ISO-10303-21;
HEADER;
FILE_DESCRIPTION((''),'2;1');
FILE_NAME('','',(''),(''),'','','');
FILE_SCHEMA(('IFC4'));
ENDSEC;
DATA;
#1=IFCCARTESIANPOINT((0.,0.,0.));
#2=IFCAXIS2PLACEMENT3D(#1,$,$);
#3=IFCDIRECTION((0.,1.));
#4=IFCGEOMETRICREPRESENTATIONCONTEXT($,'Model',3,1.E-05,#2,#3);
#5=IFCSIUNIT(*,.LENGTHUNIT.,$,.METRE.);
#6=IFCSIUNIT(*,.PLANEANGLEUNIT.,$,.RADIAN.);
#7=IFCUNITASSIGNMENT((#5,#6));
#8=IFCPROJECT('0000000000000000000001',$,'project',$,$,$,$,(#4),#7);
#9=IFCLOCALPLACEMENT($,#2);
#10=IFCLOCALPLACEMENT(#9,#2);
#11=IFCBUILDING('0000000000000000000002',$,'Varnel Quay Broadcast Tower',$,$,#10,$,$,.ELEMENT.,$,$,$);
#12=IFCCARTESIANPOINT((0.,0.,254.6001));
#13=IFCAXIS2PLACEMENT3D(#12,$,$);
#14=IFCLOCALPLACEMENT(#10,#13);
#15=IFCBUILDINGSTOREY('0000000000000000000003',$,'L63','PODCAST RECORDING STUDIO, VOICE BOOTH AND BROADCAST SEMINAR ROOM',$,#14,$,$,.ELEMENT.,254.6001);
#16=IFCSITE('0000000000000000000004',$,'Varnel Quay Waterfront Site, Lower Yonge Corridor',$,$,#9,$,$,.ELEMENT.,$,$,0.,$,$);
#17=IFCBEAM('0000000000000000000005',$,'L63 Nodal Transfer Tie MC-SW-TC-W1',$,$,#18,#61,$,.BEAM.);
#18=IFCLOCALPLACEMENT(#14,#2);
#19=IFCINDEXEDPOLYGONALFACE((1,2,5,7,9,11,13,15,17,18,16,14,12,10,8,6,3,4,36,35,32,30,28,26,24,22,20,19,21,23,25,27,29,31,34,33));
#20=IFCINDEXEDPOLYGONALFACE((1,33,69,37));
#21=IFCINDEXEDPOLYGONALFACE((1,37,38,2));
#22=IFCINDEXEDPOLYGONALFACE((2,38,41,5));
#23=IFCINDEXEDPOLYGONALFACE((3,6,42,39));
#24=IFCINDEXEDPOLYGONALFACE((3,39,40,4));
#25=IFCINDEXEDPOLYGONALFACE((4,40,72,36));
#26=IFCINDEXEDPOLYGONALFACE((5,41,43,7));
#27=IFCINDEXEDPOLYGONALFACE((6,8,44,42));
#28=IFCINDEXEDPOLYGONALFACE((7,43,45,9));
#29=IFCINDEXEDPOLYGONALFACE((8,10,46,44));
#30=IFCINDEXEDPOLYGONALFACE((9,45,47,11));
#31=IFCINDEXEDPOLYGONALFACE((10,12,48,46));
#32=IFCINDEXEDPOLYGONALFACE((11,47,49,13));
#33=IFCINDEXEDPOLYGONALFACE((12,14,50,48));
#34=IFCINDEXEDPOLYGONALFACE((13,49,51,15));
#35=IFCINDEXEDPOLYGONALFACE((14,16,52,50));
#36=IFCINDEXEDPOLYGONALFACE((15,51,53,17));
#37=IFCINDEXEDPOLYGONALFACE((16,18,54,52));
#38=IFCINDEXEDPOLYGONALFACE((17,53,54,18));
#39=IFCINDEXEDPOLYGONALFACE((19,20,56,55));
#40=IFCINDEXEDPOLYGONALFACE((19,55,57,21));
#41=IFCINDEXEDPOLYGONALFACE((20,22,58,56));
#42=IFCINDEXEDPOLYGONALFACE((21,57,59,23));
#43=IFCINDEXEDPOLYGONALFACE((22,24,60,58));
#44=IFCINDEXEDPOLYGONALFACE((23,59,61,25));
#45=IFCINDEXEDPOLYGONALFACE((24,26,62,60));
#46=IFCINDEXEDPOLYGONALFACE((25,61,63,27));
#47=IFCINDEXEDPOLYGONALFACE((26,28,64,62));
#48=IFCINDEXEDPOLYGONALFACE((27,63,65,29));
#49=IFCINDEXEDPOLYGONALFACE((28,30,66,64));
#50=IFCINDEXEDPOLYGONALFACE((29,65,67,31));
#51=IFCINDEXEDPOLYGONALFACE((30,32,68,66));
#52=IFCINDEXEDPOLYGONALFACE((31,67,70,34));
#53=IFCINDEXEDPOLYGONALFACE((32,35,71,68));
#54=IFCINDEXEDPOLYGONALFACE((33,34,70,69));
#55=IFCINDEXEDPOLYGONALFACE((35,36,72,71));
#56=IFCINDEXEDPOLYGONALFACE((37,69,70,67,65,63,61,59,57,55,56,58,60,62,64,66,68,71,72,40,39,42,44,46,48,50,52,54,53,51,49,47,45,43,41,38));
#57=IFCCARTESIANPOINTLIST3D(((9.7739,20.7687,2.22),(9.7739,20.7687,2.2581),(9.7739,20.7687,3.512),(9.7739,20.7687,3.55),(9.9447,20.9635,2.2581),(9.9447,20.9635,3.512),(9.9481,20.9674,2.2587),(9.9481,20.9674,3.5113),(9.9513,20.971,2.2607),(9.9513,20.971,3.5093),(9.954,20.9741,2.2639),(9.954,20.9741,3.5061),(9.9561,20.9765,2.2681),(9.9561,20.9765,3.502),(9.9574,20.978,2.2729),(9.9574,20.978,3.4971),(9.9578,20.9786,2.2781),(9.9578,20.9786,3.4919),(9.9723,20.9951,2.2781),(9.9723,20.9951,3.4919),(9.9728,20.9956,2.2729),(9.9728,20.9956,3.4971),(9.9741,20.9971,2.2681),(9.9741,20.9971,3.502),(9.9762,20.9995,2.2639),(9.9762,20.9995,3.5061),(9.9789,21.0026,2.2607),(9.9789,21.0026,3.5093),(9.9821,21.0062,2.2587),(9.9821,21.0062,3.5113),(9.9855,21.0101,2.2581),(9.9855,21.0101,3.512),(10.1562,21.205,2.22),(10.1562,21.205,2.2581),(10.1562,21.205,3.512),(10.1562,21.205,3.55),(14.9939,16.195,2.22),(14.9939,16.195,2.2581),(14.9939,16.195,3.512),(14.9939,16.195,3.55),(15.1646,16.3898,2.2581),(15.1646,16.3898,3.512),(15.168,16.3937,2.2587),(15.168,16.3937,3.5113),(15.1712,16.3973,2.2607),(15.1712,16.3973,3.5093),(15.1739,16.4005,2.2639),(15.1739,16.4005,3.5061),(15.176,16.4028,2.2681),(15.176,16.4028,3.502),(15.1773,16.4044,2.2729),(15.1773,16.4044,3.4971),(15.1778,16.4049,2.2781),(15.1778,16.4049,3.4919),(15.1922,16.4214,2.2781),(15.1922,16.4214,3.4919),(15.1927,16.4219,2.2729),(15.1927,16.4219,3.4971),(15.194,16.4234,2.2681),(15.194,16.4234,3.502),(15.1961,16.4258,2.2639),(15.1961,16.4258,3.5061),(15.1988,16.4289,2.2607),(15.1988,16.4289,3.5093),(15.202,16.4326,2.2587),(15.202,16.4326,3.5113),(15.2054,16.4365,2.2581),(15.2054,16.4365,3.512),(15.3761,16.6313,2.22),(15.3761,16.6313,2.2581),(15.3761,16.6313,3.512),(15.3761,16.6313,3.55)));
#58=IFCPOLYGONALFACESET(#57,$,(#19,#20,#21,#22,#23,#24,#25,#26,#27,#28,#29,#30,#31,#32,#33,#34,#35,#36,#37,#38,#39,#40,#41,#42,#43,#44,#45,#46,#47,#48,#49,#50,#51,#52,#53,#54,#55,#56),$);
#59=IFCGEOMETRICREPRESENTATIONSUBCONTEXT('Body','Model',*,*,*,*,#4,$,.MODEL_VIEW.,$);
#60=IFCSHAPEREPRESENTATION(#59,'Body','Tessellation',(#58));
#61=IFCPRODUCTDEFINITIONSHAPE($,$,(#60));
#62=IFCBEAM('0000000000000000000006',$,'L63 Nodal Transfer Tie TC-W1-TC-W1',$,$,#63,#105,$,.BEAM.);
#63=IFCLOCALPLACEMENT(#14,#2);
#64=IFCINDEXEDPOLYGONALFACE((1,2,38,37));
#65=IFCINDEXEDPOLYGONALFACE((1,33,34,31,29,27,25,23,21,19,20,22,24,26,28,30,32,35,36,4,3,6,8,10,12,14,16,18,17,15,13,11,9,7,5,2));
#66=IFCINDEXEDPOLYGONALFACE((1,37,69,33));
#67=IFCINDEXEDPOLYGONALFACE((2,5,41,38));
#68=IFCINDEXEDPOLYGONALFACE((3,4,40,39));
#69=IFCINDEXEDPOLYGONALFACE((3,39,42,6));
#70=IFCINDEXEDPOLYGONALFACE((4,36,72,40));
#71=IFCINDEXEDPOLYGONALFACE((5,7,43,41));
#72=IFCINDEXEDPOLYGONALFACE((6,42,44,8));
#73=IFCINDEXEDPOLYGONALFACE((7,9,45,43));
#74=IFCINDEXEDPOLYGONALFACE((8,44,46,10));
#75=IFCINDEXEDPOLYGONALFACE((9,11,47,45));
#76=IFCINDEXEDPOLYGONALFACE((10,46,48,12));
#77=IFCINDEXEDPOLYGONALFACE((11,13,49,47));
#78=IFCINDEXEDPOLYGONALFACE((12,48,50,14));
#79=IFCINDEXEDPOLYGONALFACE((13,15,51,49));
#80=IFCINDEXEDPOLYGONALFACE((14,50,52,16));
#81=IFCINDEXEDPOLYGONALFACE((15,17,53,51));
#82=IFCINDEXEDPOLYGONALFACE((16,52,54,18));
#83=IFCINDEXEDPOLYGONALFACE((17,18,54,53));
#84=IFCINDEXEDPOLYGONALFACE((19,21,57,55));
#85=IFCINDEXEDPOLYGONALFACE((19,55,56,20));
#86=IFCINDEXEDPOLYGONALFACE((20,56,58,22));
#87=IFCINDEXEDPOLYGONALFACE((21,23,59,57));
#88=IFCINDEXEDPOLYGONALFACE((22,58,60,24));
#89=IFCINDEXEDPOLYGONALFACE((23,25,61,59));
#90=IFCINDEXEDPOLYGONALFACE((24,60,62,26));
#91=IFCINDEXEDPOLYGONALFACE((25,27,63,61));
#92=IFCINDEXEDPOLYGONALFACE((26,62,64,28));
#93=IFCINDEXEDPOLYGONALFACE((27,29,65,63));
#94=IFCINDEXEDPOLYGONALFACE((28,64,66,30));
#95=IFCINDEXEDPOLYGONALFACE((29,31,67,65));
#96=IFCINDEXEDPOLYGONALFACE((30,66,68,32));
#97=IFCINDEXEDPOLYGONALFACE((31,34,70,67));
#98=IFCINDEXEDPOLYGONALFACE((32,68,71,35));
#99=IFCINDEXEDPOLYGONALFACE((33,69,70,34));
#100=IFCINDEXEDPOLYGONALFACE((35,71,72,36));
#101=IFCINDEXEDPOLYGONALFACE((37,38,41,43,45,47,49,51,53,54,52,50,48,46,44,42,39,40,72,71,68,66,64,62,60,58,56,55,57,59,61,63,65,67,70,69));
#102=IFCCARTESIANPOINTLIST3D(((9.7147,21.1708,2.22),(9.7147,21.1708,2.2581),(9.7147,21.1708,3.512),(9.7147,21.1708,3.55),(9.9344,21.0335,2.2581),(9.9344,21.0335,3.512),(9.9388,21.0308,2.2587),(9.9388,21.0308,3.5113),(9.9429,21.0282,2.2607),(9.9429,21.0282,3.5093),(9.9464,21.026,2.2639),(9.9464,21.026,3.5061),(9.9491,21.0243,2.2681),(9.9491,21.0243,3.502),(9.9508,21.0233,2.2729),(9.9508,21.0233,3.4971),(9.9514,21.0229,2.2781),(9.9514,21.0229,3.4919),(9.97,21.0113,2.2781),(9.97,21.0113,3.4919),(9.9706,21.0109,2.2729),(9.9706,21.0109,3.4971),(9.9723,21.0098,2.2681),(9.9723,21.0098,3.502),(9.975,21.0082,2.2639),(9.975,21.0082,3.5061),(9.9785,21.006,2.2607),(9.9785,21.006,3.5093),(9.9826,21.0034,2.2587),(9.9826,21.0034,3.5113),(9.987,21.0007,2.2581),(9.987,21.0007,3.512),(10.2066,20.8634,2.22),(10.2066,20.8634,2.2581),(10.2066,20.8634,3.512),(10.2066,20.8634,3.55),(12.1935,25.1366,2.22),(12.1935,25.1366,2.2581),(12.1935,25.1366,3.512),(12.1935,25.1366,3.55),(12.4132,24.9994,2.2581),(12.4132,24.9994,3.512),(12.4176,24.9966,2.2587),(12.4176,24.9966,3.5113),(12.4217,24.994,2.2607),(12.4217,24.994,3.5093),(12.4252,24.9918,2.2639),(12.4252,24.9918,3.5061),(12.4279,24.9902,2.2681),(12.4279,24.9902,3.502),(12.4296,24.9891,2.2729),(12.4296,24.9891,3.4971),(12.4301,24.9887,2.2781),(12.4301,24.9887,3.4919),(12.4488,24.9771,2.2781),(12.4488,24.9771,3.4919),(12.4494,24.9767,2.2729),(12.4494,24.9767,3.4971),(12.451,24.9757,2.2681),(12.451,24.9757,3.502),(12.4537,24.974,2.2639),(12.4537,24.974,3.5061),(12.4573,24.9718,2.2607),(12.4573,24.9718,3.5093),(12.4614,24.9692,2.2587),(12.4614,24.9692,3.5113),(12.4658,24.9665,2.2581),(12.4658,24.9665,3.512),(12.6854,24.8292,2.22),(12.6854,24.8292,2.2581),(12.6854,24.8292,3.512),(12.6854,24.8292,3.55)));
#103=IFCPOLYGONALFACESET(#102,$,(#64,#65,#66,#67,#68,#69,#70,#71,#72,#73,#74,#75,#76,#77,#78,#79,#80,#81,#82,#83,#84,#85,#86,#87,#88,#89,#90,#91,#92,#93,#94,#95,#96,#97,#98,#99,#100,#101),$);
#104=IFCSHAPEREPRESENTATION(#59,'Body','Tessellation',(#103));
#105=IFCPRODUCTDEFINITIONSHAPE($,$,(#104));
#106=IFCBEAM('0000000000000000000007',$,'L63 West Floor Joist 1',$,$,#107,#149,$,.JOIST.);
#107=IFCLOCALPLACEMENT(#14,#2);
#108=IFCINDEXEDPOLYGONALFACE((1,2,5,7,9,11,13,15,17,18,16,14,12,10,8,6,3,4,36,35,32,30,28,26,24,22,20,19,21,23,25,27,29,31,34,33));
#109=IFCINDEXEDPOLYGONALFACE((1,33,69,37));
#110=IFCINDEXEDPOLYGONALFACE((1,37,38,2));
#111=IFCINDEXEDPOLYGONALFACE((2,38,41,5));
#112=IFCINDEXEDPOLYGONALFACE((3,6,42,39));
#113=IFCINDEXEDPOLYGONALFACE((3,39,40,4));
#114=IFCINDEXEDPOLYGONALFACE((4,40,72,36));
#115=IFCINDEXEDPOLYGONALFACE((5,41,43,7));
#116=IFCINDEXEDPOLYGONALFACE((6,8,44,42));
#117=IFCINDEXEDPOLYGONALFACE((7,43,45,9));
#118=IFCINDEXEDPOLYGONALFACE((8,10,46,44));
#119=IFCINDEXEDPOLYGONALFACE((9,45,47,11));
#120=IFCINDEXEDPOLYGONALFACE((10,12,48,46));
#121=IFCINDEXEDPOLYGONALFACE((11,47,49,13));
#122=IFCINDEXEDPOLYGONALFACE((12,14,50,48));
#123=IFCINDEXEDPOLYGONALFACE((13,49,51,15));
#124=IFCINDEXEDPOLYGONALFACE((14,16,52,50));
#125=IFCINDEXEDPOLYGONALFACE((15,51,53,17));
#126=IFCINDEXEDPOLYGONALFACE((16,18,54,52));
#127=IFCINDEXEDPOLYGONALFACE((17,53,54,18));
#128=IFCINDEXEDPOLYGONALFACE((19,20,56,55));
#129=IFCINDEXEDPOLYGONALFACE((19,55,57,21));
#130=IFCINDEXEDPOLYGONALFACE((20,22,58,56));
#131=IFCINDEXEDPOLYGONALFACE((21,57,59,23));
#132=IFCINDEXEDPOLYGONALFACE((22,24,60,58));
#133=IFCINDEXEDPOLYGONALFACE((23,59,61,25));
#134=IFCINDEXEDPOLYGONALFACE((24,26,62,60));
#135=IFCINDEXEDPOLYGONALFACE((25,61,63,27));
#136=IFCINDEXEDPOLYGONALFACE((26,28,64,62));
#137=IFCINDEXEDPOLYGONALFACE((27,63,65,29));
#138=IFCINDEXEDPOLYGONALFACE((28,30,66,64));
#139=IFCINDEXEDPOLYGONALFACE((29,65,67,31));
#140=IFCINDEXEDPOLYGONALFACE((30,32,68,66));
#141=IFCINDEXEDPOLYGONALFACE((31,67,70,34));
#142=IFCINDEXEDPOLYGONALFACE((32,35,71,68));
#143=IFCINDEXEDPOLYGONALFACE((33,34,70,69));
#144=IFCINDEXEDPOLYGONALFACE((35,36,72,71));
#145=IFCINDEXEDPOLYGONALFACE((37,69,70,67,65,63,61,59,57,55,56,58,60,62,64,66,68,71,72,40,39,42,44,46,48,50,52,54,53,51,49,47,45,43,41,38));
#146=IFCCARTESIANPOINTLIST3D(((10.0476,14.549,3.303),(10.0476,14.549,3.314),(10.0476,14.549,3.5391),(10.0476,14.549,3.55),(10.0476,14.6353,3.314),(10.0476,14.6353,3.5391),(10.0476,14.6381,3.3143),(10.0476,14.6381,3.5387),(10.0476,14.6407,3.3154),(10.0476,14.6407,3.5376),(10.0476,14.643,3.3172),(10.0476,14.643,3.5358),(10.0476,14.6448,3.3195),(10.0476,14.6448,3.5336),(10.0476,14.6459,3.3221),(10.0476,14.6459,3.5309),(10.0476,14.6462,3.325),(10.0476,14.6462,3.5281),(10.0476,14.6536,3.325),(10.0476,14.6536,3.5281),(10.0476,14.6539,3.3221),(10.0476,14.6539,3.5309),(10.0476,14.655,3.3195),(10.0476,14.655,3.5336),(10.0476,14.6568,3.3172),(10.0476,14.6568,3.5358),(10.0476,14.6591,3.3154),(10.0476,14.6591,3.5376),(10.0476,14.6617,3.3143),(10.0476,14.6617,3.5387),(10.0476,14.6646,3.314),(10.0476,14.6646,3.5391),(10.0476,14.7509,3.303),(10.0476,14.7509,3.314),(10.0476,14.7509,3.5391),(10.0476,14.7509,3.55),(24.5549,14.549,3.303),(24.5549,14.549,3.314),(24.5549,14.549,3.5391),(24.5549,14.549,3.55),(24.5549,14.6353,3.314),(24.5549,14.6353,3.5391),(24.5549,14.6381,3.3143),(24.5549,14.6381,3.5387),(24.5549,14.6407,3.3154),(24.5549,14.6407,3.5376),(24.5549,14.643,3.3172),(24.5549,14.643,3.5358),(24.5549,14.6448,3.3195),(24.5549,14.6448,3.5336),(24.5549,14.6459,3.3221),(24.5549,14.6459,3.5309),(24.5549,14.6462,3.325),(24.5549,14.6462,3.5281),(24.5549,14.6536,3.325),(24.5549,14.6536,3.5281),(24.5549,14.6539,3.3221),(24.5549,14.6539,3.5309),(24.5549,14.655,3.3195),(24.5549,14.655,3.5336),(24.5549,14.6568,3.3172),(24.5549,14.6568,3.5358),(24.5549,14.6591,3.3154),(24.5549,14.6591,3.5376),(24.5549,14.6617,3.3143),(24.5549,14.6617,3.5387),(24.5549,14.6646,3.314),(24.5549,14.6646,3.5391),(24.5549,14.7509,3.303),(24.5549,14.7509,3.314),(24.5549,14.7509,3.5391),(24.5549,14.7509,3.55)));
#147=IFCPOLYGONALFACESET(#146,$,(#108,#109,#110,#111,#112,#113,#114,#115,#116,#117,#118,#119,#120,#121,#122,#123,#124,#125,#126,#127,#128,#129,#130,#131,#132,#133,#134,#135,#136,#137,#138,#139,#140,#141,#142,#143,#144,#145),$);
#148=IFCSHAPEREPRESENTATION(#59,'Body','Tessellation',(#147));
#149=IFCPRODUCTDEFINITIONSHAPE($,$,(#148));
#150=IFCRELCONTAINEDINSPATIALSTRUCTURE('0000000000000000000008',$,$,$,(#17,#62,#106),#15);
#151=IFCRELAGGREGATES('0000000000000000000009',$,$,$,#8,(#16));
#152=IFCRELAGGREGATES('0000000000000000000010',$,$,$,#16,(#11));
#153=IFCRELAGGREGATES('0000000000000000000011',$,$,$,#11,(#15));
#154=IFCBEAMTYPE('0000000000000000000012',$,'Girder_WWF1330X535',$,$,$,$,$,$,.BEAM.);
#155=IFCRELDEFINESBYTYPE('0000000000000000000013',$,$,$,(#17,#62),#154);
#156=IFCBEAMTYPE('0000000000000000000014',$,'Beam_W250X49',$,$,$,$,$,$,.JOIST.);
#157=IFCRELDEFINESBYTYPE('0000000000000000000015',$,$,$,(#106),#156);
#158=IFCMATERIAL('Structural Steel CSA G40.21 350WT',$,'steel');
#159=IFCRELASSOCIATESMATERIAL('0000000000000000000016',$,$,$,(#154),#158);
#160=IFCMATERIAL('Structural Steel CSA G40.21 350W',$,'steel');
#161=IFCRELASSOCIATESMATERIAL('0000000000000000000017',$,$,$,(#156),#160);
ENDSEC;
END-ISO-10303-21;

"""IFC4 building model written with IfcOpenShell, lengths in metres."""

from ifc_helpers import new_model, si_unit, direction, frame, origin, origin_2d, place, context, subcontext, project, spatial, i_section, extrude, source, transform, mapped, material, material_profile, profile_set, type_object, type_shapes, element, save


model = new_model("IFC4")

# Units and contexts
model_context = context("Model", 3, precision=1e-05, world=origin(), true_north=direction((0.0, 1.0)))
body_context = subcontext(model_context, "Body", "Model", "MODEL_VIEW")
ifc_project = project(units=[si_unit("LENGTHUNIT", "METRE"), si_unit("PLANEANGLEUNIT", "RADIAN")], contexts=[model_context])

# Site, building, storey
site_placement = place(None, origin())
site = spatial("IfcSite", under=ifc_project, at=site_placement, Name="Varnel Quay Waterfront Site, Lower Yonge Corridor", CompositionType="ELEMENT", RefElevation=0.0)
building_placement = place(site_placement, origin())
building = spatial("IfcBuilding", under=site, at=building_placement, Name="Varnel Quay Broadcast Tower", CompositionType="ELEMENT")
storey_placement = place(building_placement, frame((0.0, 0.0, 254.6001)))
storey = spatial("IfcBuildingStorey", under=building, at=storey_placement, Name="L63", Description="PODCAST RECORDING STUDIO, VOICE BOOTH AND BROADCAST SEMINAR ROOM", CompositionType="ELEMENT", Elevation=254.6001)

# Shared definitions
ifc_material_1 = material(Name="Structural Steel CSA G40.21 350W", Category="steel")

# Beams
ifc_material_2 = material(Name="Structural Steel CSA G40.21 350WT", Category="steel")
ifc_material_profile_1 = material_profile(ifc_material_2, i_section(OverallWidth=0.5801, OverallDepth=1.3301, WebThickness=0.022, FlangeThickness=0.0381, FilletRadius=0.02, at=origin_2d()), Name="WWF1330X535")
ifc_profile_set_1 = profile_set([ifc_material_profile_1], Name="Structural Steel CSA G40.21 350WT")
beam_type_1 = type_object("IfcBeamType", Name="Girder_WWF1330X535", PredefinedType="BEAM", material=ifc_profile_set_1)
shared_shape_1 = source(origin(), body_context, "Body", "SweptSolid", [
    extrude(i_section(OverallWidth=0.5801, OverallDepth=1.3301, WebThickness=0.022, FlangeThickness=0.0381, FilletRadius=0.02, at=origin_2d()), origin(), (0.0, 0.0, 1.0), 6.9402),
])
beam_1_placement = place(storey_placement, frame((9.9651, 20.9868, 2.885), z_axis=(0.75213, -0.659015, 0.0), x_axis=(0.659015, 0.75213, 0.0)))
element("IfcBeam", 1, at=beam_1_placement, inside=storey, type_object=beam_type_1, Name="L63 Nodal Transfer Tie MC-SW-TC-W1", PredefinedType="BEAM", context=body_context, shape_type="MappedRepresentation", body=[
    mapped(shared_shape_1, transform((0.0, 0.0, 0.0), x_axis=(1.0, 0.0, 0.0), y_axis=(0.0, 1.0, 0.0), z_axis=(0.0, 0.0, 1.0), scale=1.0)),
])
shared_shape_2 = source(origin(), body_context, "Body", "SweptSolid", [
    extrude(i_section(OverallWidth=0.5801, OverallDepth=1.3301, WebThickness=0.022, FlangeThickness=0.0381, FilletRadius=0.02, at=origin_2d()), origin(), (0.0, 0.0, 1.0), 4.6768),
])
beam_2_placement = place(storey_placement, frame((9.9607, 21.0171, 2.885), z_axis=(0.530018, 0.847987, 0.0), x_axis=(-0.847987, 0.530018, 0.0)))
element("IfcBeam", 2, at=beam_2_placement, inside=storey, type_object=beam_type_1, Name="L63 Nodal Transfer Tie TC-W1-TC-W1", PredefinedType="BEAM", context=body_context, shape_type="MappedRepresentation", body=[
    mapped(shared_shape_2, transform((0.0, 0.0, 0.0), x_axis=(1.0, 0.0, 0.0), y_axis=(0.0, 1.0, 0.0), z_axis=(0.0, 0.0, 1.0), scale=1.0)),
])
ifc_material_profile_2 = material_profile(ifc_material_1, i_section(OverallWidth=0.2019, OverallDepth=0.2471, WebThickness=0.0073, FlangeThickness=0.011, FilletRadius=0.011, at=origin_2d()), Name="W250X49")
ifc_profile_set_2 = profile_set([ifc_material_profile_2], Name="Structural Steel CSA G40.21 350W")
beam_type_2 = type_object("IfcBeamType", Name="Beam_W250X49", PredefinedType="JOIST", material=ifc_profile_set_2)
shared_shape_3 = source(origin(), body_context, "Body", "SweptSolid", [
    extrude(i_section(OverallWidth=0.2019, OverallDepth=0.2471, WebThickness=0.0073, FlangeThickness=0.011, FilletRadius=0.011, at=origin_2d()), origin(), (0.0, 0.0, 1.0), 14.5073),
])
type_shapes(beam_type_2, [shared_shape_3])
beam_3_placement = place(storey_placement, frame((10.0476, 14.6499, 3.4265), z_axis=(1.0, 0.0, 0.0), x_axis=(0.0, 1.0, 0.0)))
element("IfcBeam", 3, at=beam_3_placement, inside=storey, type_object=beam_type_2, Name="L63 West Floor Joist 1", PredefinedType="JOIST", context=body_context, shape_type="MappedRepresentation", body=[
    mapped(shared_shape_3, transform((0.0, 0.0, 0.0), x_axis=(1.0, 0.0, 0.0), y_axis=(0.0, 1.0, 0.0), z_axis=(0.0, 0.0, 1.0), scale=1.0)),
])

save(model, "model.ifc")
